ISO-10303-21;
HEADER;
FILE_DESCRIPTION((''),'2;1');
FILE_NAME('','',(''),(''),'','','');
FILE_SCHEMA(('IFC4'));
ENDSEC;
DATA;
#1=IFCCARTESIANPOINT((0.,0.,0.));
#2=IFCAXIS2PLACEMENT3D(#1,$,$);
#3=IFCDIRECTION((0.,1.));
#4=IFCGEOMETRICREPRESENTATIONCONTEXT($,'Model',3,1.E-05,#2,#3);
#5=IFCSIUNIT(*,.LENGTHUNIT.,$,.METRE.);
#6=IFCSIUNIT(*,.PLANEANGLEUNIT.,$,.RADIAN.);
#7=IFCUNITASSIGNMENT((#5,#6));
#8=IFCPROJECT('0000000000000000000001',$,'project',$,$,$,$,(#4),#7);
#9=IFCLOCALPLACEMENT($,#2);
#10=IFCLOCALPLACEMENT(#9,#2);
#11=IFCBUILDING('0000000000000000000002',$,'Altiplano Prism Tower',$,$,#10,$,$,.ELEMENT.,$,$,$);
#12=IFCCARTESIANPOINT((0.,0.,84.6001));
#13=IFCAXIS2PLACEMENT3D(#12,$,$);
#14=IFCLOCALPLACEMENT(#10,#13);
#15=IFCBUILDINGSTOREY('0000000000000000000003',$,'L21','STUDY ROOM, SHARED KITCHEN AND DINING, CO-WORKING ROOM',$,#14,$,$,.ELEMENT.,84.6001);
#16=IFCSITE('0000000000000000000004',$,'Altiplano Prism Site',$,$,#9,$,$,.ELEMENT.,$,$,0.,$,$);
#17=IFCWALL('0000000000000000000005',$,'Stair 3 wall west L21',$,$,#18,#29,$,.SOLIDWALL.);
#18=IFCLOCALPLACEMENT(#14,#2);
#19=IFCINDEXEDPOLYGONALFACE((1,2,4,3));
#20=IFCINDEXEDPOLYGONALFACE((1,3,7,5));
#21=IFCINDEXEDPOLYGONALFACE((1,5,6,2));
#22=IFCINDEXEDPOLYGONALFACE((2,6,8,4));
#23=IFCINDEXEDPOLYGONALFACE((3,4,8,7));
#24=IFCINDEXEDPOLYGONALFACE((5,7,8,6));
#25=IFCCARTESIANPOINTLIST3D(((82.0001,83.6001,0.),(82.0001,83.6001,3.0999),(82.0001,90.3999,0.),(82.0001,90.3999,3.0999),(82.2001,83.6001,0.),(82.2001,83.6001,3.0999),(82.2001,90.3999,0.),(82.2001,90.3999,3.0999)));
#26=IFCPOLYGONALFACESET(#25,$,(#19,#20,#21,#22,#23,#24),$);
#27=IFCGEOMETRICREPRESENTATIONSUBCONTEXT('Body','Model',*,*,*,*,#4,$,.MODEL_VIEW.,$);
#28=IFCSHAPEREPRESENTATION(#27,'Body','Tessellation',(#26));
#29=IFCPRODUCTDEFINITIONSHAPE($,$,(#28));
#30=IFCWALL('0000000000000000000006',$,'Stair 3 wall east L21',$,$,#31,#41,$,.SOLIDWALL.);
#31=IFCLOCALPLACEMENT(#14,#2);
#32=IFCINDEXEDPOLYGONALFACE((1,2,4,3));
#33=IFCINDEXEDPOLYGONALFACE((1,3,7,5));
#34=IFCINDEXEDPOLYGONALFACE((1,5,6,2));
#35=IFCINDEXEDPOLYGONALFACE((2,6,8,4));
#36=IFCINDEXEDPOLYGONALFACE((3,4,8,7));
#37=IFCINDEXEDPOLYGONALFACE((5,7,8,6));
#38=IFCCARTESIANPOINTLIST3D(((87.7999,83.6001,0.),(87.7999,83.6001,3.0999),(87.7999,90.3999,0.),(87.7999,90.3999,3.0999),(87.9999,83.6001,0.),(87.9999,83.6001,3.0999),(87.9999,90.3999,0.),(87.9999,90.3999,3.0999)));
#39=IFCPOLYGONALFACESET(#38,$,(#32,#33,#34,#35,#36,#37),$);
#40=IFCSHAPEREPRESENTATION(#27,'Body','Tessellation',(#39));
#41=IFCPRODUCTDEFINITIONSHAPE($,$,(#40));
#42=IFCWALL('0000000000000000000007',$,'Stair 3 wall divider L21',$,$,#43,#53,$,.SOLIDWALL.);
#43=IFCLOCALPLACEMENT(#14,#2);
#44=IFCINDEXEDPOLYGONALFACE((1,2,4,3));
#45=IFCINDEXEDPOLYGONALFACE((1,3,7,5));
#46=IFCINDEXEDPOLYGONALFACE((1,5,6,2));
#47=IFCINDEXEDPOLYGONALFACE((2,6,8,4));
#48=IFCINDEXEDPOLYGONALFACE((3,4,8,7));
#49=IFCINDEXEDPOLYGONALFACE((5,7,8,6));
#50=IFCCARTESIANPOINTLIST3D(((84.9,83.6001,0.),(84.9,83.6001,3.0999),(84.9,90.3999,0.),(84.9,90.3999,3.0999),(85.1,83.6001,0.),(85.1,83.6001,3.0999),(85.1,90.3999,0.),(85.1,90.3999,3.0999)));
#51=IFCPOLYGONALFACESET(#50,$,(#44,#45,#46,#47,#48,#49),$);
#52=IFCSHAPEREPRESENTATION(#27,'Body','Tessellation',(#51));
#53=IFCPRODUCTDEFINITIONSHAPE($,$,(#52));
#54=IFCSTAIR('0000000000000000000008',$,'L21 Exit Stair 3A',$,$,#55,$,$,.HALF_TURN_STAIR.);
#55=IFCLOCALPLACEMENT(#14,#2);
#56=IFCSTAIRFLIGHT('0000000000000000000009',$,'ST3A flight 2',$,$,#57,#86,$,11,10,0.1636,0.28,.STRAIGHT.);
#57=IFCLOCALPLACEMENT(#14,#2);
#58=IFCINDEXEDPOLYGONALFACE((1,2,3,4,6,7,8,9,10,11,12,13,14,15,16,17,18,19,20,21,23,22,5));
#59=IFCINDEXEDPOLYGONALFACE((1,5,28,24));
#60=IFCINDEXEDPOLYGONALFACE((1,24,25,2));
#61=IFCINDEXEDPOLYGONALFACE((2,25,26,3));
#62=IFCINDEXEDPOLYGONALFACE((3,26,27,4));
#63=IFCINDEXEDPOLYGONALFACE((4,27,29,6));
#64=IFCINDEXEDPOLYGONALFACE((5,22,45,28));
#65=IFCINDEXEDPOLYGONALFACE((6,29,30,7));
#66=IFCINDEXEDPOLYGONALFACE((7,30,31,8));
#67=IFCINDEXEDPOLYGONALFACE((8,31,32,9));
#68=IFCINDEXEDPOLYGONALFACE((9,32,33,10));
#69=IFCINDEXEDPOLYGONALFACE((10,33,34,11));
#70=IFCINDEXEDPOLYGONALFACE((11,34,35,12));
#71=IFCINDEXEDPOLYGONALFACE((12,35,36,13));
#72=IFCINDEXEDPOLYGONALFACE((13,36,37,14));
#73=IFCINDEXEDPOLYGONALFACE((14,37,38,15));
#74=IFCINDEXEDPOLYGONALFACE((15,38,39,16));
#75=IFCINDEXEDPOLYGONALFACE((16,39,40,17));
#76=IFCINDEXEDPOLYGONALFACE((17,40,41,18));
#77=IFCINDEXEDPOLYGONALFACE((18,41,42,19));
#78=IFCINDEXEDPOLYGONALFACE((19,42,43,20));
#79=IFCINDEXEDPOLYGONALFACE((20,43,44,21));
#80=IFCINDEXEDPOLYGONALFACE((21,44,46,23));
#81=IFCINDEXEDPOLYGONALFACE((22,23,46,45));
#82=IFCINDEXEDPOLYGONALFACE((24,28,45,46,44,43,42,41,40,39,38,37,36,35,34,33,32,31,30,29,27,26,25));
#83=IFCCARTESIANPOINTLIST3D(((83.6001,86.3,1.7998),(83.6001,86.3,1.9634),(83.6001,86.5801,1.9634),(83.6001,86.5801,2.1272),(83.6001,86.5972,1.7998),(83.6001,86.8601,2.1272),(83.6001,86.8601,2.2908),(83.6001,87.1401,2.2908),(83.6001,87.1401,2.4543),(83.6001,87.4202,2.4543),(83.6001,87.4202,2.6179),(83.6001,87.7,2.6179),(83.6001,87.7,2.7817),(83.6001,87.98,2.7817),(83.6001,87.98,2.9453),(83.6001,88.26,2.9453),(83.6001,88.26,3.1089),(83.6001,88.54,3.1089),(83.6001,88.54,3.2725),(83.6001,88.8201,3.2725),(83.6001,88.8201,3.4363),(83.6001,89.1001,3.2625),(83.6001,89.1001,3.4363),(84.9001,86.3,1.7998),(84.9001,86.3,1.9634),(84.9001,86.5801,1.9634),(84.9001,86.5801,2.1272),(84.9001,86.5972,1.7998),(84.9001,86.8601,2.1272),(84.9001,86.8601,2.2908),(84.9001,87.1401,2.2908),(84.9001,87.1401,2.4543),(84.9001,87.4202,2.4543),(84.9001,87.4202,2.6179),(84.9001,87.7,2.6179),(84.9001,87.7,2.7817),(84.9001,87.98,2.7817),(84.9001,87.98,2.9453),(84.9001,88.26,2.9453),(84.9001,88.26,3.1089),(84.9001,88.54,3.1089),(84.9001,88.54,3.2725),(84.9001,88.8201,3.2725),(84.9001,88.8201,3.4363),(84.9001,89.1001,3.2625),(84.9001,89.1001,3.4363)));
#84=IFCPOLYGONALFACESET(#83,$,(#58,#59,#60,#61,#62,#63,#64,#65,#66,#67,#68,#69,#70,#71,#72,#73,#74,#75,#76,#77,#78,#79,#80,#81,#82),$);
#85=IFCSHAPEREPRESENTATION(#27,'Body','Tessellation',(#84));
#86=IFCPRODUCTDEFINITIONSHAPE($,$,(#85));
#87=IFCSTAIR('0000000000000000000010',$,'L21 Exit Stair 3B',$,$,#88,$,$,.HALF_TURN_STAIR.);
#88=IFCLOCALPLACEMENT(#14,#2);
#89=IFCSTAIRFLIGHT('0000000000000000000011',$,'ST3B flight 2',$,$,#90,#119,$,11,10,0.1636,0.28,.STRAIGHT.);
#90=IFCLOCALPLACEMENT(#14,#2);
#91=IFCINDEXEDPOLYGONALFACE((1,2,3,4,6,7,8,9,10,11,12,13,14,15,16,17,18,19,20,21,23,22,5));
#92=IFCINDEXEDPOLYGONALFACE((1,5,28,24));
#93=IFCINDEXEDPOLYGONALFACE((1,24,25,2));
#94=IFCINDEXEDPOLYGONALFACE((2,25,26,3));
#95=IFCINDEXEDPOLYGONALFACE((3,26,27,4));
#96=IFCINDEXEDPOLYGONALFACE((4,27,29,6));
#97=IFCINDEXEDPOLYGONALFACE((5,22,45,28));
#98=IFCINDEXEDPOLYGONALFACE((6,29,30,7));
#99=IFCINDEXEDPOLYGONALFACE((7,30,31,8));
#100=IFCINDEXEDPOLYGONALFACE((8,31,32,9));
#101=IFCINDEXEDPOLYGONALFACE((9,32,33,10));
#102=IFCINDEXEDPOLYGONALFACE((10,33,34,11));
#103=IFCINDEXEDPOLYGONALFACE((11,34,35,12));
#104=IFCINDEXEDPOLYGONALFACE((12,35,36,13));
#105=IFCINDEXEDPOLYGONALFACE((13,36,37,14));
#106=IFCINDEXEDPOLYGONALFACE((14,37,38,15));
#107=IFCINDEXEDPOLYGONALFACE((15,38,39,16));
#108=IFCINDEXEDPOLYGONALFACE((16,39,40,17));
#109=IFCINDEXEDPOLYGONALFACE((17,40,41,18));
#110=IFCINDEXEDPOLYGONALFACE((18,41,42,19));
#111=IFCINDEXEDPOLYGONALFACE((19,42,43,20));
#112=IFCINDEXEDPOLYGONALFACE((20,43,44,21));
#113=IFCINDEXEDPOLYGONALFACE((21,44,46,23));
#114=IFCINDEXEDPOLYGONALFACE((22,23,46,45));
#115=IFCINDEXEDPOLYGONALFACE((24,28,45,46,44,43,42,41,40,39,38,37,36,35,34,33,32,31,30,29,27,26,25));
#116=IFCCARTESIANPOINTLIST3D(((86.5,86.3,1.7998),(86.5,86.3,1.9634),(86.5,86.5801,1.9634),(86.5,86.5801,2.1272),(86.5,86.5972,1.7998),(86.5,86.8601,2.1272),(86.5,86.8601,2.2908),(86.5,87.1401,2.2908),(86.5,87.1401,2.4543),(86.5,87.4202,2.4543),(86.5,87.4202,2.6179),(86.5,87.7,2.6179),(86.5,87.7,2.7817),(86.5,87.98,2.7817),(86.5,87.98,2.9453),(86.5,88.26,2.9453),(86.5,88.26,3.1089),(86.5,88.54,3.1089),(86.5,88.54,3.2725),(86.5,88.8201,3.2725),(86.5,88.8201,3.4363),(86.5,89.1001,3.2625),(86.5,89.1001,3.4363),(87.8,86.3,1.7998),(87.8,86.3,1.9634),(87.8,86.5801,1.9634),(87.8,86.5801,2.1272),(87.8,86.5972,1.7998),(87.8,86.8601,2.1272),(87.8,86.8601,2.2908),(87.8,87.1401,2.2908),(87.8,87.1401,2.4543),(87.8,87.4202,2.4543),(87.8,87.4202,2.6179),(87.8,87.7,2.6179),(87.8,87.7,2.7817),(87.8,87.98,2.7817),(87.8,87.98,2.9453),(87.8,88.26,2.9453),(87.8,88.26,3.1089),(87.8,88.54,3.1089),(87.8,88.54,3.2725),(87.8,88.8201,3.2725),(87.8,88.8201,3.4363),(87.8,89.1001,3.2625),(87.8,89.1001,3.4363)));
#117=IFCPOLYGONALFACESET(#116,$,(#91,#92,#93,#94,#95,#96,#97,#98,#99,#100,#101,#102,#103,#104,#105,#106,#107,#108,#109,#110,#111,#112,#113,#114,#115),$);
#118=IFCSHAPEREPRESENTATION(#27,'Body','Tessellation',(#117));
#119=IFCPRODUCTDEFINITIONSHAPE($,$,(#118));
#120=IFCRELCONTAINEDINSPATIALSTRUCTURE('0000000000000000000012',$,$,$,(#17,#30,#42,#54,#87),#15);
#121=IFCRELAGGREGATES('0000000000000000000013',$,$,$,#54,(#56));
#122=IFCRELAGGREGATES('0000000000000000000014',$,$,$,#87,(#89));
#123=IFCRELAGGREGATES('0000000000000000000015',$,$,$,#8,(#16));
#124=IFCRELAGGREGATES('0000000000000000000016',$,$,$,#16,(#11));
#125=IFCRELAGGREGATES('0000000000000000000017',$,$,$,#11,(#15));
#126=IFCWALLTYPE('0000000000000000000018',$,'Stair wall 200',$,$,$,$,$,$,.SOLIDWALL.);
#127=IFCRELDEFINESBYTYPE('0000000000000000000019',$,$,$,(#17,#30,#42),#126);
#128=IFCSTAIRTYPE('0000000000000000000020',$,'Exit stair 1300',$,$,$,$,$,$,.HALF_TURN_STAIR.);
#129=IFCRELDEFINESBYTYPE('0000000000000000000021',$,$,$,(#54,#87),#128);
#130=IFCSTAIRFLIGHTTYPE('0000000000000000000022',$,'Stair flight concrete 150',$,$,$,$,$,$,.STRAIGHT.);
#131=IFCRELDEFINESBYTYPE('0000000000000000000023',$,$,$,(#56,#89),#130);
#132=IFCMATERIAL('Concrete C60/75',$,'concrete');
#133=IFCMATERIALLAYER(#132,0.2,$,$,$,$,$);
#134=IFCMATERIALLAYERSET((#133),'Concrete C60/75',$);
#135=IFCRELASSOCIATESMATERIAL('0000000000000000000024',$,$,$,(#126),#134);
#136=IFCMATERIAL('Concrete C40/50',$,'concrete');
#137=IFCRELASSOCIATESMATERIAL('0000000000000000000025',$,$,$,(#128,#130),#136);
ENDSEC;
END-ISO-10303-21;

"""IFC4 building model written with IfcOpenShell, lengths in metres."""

from ifc_helpers import new_model, si_unit, direction, frame, frame_2d, origin, place, context, subcontext, project, spatial, polyline, rectangle, outline, extrude, material, layer, layer_set, type_object, element, aggregate, save


model = new_model("IFC4")

# Units and contexts
model_context = context("Model", 3, precision=1e-05, world=origin(), true_north=direction((0.0, 1.0)))
body_context = subcontext(model_context, "Body", "Model", "MODEL_VIEW")
ifc_project = project(units=[si_unit("LENGTHUNIT", "METRE"), si_unit("PLANEANGLEUNIT", "RADIAN")], contexts=[model_context])

# Site, building, storey
site_placement = place(None, origin())
site = spatial("IfcSite", under=ifc_project, at=site_placement, Name="Altiplano Prism Site", CompositionType="ELEMENT", RefElevation=0.0)
building_placement = place(site_placement, origin())
building = spatial("IfcBuilding", under=site, at=building_placement, Name="Altiplano Prism Tower", CompositionType="ELEMENT")
storey_placement = place(building_placement, frame((0.0, 0.0, 84.6001)))
storey = spatial("IfcBuildingStorey", under=building, at=storey_placement, Name="L21", Description="STUDY ROOM, SHARED KITCHEN AND DINING, CO-WORKING ROOM", CompositionType="ELEMENT", Elevation=84.6001)

# Shared definitions
ifc_material_1 = material(Name="Concrete C60/75", Category="concrete")

# Walls
ifc_layer_1 = layer(ifc_material_1, 0.2)
ifc_layer_set_1 = layer_set([ifc_layer_1], Name="Concrete C60/75")
wall_type_1 = type_object("IfcWallType", Name="Stair wall 200", PredefinedType="SOLIDWALL", material=ifc_layer_set_1)
for number, where, z_axis, x_axis, name in (
    (1, (82.1001, 83.6001, 0.0), (0.0, 0.0, 1.0), (0.0, 1.0, 0.0), "Stair 3 wall west L21"),
    (2, (87.8999, 83.6001, 0.0), (0.0, 0.0, 1.0), (0.0, 1.0, 0.0), "Stair 3 wall east L21"),
    (3, (85.0, 83.6001, 0.0), (0.0, 0.0, 1.0), (0.0, 1.0, 0.0), "Stair 3 wall divider L21"),
):
    element("IfcWall", number, at=place(storey_placement, frame(where, z_axis=z_axis, x_axis=x_axis)), inside=storey, type_object=wall_type_1, Name=name, PredefinedType="SOLIDWALL", context=body_context, shape_type="SweptSolid", body=[
        extrude(rectangle(XDim=6.7998, YDim=0.2, at=frame_2d((3.3999, 0.0))), origin(), (0.0, 0.0, 1.0), 3.0999),
    ])

# Stairs, stair flights
ifc_material_2 = material(Name="Concrete C40/50", Category="concrete")
stair_type = type_object("IfcStairType", Name="Exit stair 1300", PredefinedType="HALF_TURN_STAIR", material=ifc_material_2)
stair_1_placement = place(storey_placement, origin())
stair_1 = element("IfcStair", 4, at=stair_1_placement, inside=storey, type_object=stair_type, Name="L21 Exit Stair 3A", PredefinedType="HALF_TURN_STAIR")
stair_flight_type = type_object("IfcStairFlightType", Name="Stair flight concrete 150", PredefinedType="STRAIGHT", material=ifc_material_2)
stair_flight_1_placement = place(storey_placement, frame((84.25, 86.3, 1.7998), z_axis=(0.0, 0.0, 1.0), x_axis=(0.0, 1.0, 0.0)))
stair_flight_1 = element("IfcStairFlight", 5, at=stair_flight_1_placement, type_object=stair_flight_type, Name="ST3A flight 2", NumberOfRisers=11, NumberOfTreads=10, PredefinedType="STRAIGHT", RiserHeight=0.1636, TreadLength=0.28, context=body_context, shape_type="SweptSolid", body=[
    extrude(outline(polyline([(0.0, 0.0), (0.0, 0.1636), (0.28, 0.1636), (0.28, 0.3274), (0.5601, 0.3274), (0.5601, 0.491), (0.8401, 0.491), (0.8401, 0.6545), (1.1201, 0.6545), (1.1201, 0.8181), (1.3999, 0.8181), (1.3999, 0.9819), (1.6799, 0.9819), (1.6799, 1.1455), (1.96, 1.1455), (1.96, 1.3091), (2.24, 1.3091), (2.24, 1.4727), (2.52, 1.4727), (2.52, 1.6365), (2.8, 1.6365), (2.8, 1.8), (2.8, 1.4626), (0.2971, 0.0), (0.0, 0.0)])), frame((0.0, 0.6499, 0.0), z_axis=(0.0, -1.0, 0.0), x_axis=(1.0, 0.0, 0.0)), (0.0, 0.0, 1.0), 1.3),
])
aggregate(stair_1, [stair_flight_1])
stair_2_placement = place(storey_placement, origin())
stair_2 = element("IfcStair", 6, at=stair_2_placement, inside=storey, type_object=stair_type, Name="L21 Exit Stair 3B", PredefinedType="HALF_TURN_STAIR")
stair_flight_2_placement = place(storey_placement, frame((87.1499, 86.3, 1.7998), z_axis=(0.0, 0.0, 1.0), x_axis=(0.0, 1.0, 0.0)))
stair_flight_2 = element("IfcStairFlight", 7, at=stair_flight_2_placement, type_object=stair_flight_type, Name="ST3B flight 2", NumberOfRisers=11, NumberOfTreads=10, PredefinedType="STRAIGHT", RiserHeight=0.1636, TreadLength=0.28, context=body_context, shape_type="SweptSolid", body=[
    extrude(outline(polyline([(0.0, 0.0), (0.0, 0.1636), (0.28, 0.1636), (0.28, 0.3274), (0.5601, 0.3274), (0.5601, 0.491), (0.8401, 0.491), (0.8401, 0.6545), (1.1201, 0.6545), (1.1201, 0.8181), (1.3999, 0.8181), (1.3999, 0.9819), (1.6799, 0.9819), (1.6799, 1.1455), (1.96, 1.1455), (1.96, 1.3091), (2.24, 1.3091), (2.24, 1.4727), (2.52, 1.4727), (2.52, 1.6365), (2.8, 1.6365), (2.8, 1.8), (2.8, 1.4626), (0.2971, 0.0), (0.0, 0.0)])), frame((0.0, 0.6499, 0.0), z_axis=(0.0, -1.0, 0.0), x_axis=(1.0, 0.0, 0.0)), (0.0, 0.0, 1.0), 1.3),
])
aggregate(stair_2, [stair_flight_2])

save(model, "model.ifc")
